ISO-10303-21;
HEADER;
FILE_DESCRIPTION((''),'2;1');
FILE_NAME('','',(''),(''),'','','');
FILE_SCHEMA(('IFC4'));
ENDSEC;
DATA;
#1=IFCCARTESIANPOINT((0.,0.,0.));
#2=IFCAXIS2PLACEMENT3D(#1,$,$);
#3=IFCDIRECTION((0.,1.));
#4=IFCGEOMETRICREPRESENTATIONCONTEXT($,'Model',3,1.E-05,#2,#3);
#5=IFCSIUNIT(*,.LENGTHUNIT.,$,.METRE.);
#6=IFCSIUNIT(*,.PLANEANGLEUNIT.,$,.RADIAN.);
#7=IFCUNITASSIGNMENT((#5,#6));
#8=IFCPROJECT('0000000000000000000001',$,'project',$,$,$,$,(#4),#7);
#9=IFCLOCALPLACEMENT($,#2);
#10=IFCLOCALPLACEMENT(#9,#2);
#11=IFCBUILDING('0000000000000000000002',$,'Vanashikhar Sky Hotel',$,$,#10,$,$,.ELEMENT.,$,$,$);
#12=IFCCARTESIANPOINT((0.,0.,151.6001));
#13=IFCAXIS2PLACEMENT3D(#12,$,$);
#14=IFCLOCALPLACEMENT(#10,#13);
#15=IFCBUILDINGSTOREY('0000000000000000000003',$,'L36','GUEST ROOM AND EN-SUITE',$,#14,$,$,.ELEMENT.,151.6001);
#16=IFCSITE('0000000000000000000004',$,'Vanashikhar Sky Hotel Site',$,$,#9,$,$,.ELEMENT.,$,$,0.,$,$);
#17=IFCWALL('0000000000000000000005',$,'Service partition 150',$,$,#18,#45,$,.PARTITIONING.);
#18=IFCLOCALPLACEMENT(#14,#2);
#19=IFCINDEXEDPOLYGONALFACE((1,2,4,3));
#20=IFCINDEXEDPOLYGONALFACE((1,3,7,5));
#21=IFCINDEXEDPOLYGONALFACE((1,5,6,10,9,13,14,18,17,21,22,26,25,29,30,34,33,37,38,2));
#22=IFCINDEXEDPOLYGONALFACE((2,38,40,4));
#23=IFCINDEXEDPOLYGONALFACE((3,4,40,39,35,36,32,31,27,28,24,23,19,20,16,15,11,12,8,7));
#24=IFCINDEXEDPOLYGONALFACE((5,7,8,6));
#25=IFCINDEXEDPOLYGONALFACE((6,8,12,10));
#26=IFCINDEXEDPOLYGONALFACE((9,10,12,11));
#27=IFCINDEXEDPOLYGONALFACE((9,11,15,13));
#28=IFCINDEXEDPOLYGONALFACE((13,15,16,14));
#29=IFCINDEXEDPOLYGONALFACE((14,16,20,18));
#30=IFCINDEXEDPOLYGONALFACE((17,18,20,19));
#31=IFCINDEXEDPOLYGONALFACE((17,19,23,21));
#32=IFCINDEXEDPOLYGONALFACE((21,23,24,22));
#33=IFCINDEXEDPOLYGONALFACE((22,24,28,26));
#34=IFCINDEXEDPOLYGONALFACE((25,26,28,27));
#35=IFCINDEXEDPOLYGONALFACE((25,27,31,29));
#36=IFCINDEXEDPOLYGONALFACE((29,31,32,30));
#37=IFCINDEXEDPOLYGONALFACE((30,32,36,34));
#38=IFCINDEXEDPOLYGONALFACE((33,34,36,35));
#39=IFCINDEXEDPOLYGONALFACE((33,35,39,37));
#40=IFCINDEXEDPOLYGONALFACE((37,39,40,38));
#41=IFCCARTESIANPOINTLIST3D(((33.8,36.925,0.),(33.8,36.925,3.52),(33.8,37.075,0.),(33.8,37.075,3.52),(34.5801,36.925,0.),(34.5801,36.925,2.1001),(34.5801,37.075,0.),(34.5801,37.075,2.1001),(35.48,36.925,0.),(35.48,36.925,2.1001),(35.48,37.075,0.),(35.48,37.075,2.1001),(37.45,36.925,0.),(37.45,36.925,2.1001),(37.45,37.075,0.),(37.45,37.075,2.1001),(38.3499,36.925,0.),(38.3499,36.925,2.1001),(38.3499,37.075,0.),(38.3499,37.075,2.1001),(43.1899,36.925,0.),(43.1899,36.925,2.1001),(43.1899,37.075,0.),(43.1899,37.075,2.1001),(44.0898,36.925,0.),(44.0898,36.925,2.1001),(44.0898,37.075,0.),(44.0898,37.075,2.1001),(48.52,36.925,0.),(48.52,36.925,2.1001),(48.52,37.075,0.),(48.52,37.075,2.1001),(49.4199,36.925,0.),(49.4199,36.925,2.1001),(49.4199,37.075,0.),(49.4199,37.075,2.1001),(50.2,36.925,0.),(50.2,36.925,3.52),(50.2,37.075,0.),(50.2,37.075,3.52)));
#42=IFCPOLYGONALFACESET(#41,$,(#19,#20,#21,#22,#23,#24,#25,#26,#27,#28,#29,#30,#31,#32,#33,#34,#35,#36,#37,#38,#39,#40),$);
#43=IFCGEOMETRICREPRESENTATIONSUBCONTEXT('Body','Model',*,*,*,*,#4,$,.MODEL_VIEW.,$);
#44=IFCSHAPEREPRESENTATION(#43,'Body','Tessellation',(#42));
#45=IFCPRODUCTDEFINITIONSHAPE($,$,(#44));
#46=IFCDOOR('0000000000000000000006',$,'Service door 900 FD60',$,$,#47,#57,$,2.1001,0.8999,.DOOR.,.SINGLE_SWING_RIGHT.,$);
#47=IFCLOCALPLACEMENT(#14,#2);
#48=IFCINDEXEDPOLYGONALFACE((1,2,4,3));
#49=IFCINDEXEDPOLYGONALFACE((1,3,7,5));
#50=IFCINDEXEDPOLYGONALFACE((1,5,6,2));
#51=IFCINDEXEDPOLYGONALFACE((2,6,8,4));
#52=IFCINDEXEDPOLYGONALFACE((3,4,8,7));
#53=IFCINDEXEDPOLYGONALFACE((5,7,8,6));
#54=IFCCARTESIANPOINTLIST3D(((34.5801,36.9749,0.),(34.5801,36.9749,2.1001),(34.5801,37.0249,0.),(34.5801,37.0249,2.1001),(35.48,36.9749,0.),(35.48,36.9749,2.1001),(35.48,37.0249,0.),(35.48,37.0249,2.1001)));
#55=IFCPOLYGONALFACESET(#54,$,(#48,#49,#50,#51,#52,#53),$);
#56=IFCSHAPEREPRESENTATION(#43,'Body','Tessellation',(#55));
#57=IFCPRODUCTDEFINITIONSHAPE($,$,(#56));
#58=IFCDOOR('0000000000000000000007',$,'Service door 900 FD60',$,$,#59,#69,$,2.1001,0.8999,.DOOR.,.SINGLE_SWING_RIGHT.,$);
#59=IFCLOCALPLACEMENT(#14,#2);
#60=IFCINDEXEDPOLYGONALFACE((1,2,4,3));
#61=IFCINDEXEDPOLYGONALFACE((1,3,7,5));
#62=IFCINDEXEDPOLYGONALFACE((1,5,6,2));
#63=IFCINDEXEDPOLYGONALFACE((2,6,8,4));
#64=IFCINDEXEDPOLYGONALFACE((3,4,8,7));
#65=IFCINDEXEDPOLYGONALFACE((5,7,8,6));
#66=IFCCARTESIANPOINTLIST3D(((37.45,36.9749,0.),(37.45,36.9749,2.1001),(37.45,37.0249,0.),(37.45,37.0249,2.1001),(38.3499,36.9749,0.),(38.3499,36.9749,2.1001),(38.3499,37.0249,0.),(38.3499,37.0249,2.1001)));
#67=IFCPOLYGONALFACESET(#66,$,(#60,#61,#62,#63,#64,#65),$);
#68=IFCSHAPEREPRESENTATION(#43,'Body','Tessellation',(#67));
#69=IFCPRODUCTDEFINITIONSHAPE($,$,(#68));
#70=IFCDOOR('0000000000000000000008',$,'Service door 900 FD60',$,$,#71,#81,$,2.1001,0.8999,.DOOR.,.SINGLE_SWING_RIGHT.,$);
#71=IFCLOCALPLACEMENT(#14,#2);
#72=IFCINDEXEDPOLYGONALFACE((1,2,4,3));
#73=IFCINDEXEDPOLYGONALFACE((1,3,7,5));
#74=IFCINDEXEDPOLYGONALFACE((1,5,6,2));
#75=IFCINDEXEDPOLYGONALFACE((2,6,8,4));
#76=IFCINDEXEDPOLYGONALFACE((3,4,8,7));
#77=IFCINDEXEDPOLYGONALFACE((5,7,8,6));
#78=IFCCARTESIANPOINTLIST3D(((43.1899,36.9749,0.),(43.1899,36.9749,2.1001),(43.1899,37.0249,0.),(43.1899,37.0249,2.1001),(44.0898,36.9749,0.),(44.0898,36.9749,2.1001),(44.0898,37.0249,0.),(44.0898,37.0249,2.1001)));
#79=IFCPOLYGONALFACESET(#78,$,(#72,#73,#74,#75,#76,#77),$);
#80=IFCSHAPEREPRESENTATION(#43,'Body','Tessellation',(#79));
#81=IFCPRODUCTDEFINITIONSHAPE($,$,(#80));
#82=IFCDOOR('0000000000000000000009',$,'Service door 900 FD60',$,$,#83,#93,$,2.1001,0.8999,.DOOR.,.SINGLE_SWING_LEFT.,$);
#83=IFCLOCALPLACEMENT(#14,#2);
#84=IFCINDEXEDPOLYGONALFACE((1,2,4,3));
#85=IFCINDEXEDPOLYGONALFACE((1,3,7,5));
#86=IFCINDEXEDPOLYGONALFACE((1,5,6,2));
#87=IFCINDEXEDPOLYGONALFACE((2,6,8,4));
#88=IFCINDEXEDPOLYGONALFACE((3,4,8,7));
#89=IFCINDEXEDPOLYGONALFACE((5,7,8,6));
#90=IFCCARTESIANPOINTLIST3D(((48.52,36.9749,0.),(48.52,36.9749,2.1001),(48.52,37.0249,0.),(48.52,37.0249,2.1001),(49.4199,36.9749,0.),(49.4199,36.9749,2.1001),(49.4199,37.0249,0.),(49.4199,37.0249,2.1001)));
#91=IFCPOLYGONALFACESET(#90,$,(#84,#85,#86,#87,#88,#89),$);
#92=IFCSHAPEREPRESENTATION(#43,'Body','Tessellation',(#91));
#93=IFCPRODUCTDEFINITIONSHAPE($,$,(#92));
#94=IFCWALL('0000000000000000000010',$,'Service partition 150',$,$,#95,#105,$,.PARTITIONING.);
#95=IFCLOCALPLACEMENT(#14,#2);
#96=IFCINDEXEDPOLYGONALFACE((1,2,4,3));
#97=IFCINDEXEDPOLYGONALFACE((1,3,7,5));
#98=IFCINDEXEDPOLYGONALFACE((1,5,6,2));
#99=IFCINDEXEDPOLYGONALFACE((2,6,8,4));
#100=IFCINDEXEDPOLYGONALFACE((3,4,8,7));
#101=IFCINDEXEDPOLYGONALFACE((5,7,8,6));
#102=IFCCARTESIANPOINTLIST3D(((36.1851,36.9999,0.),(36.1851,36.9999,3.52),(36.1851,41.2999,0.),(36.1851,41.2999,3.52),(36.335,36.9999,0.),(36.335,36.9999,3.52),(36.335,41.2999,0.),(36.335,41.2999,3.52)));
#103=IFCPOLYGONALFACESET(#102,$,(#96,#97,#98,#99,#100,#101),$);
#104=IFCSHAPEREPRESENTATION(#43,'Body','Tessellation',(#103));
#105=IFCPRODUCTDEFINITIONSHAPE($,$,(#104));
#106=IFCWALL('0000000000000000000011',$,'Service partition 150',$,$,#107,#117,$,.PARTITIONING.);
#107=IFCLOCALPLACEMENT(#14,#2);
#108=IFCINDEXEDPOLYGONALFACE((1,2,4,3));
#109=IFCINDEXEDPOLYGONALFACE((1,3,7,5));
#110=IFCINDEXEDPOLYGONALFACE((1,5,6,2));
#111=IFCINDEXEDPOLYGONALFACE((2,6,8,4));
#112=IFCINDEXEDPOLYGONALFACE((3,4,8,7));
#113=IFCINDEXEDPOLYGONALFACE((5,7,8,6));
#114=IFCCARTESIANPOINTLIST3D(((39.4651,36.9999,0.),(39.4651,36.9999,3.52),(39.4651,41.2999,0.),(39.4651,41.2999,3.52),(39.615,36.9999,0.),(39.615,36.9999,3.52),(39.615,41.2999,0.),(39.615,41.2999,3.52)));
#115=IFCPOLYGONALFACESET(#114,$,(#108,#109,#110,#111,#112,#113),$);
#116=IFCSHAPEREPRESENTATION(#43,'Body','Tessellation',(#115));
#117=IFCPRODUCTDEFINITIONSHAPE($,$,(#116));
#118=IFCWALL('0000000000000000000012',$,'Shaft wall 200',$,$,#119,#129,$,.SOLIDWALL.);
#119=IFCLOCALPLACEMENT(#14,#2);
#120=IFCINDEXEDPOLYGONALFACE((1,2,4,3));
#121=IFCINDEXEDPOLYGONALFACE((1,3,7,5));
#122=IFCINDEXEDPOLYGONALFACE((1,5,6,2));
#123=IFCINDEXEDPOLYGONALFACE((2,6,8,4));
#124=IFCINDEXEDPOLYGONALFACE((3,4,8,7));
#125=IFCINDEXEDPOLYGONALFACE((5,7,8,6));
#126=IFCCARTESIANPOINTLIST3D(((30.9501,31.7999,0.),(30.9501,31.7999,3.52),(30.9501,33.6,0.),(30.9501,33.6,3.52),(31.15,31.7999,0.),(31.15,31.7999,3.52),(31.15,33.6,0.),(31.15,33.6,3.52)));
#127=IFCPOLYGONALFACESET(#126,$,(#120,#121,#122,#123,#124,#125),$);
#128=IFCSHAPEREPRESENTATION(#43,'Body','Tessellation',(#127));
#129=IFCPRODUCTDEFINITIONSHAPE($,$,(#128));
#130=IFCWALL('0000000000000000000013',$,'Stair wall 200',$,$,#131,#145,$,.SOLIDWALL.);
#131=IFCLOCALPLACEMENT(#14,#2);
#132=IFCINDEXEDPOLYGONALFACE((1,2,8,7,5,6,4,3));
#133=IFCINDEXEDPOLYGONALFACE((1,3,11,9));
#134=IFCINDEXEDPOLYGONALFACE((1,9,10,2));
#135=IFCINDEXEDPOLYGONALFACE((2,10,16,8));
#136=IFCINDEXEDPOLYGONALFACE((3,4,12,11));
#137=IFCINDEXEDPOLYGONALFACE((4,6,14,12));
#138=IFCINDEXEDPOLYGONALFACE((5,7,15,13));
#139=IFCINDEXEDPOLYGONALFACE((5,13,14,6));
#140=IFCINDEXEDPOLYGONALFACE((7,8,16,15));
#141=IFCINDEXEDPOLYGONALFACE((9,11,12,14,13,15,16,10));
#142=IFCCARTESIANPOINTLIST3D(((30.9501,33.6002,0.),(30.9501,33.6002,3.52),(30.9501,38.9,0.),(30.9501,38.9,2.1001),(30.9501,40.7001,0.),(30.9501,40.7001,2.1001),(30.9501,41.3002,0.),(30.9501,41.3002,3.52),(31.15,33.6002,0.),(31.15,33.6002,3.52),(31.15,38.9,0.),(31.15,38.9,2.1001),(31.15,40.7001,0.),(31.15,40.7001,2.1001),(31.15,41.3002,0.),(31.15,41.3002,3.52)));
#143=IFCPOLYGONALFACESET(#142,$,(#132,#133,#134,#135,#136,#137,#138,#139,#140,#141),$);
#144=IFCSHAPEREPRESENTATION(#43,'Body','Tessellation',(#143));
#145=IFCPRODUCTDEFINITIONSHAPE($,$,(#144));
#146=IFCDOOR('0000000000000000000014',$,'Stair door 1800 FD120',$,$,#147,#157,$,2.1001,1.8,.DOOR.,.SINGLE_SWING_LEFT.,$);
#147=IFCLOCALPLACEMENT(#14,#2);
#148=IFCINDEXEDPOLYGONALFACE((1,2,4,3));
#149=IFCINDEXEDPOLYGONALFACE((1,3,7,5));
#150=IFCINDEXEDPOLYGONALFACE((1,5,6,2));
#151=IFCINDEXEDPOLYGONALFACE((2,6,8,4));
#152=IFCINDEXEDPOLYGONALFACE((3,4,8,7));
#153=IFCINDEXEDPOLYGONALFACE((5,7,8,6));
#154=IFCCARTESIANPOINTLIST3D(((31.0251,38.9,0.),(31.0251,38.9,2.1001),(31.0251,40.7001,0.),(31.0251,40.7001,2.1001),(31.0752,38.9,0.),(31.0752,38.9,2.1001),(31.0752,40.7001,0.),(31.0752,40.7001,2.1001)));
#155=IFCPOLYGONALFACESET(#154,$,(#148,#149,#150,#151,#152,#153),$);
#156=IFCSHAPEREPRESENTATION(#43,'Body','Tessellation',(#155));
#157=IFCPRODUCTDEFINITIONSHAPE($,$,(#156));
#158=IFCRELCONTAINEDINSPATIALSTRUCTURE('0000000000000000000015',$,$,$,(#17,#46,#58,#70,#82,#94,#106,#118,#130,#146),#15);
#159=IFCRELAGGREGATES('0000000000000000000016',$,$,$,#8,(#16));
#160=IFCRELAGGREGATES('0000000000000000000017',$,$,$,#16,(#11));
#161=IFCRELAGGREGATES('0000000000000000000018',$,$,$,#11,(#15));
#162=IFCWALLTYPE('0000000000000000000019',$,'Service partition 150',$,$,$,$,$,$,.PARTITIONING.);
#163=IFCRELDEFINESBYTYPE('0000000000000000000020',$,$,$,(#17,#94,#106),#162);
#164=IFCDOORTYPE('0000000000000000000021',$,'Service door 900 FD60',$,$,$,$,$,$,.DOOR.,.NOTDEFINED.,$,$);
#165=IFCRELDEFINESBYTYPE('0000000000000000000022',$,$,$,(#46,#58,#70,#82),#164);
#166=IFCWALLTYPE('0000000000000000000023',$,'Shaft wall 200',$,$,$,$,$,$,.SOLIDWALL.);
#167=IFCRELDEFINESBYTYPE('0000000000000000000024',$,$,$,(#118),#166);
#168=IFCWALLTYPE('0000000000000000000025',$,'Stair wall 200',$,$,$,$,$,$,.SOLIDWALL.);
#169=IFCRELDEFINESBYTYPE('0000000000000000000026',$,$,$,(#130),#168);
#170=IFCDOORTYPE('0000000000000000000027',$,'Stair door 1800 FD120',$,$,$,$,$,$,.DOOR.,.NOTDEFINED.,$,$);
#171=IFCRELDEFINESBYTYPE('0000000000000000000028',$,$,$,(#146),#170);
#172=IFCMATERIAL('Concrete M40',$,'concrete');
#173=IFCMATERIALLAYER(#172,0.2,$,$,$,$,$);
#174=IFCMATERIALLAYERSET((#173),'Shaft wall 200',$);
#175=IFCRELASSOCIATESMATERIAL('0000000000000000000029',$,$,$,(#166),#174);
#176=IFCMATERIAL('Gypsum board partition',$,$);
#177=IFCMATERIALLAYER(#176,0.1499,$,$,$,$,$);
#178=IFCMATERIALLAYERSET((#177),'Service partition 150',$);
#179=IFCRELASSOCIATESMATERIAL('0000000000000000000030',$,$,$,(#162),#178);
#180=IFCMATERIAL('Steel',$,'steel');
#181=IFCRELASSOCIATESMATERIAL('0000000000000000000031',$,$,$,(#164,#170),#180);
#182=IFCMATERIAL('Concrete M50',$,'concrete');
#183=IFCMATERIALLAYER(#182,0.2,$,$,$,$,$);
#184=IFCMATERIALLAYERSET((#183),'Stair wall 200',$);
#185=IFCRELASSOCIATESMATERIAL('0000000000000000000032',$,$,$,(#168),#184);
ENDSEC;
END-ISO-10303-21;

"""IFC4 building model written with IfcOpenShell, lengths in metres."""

from ifc_helpers import new_model, si_unit, direction, frame, frame_2d, origin, place, context, subcontext, project, spatial, rectangle, extrude, source, transform, mapped, material, layer, layer_set, type_object, element, fill, save


model = new_model("IFC4")

# Units and contexts
model_context = context("Model", 3, precision=1e-05, world=origin(), true_north=direction((0.0, 1.0)))
body_context = subcontext(model_context, "Body", "Model", "MODEL_VIEW")
ifc_project = project(units=[si_unit("LENGTHUNIT", "METRE"), si_unit("PLANEANGLEUNIT", "RADIAN")], contexts=[model_context])

# Site, building, storey
site_placement = place(None, origin())
site = spatial("IfcSite", under=ifc_project, at=site_placement, Name="Vanashikhar Sky Hotel Site", CompositionType="ELEMENT", RefElevation=0.0)
building_placement = place(site_placement, origin())
building = spatial("IfcBuilding", under=site, at=building_placement, Name="Vanashikhar Sky Hotel", CompositionType="ELEMENT")
storey_placement = place(building_placement, frame((0.0, 0.0, 151.6001)))
storey = spatial("IfcBuildingStorey", under=building, at=storey_placement, Name="L36", Description="GUEST ROOM AND EN-SUITE", CompositionType="ELEMENT", Elevation=151.6001)

# Shared definitions
ifc_material_1 = material(Name="Steel", Category="steel")

# Shared definitions
ifc_material_2 = material(Name="Concrete M50", Category="concrete")

# Shared definitions
ifc_material_3 = material(Name="Concrete M40", Category="concrete")
ifc_layer_1 = layer(ifc_material_3, 0.2)
ifc_layer_set_1 = layer_set([ifc_layer_1], Name="Shaft wall 200")
wall_type_1 = type_object("IfcWallType", Name="Shaft wall 200", PredefinedType="SOLIDWALL", material=ifc_layer_set_1)

# Shared definitions
ifc_material_4 = material(Name="Gypsum board partition")
ifc_layer_2 = layer(ifc_material_4, 0.1499)
ifc_layer_set_2 = layer_set([ifc_layer_2], Name="Service partition 150")
wall_type_2 = type_object("IfcWallType", Name="Service partition 150", PredefinedType="PARTITIONING", material=ifc_layer_set_2)
shared_shape_1 = source(origin(), body_context, "Body", "SweptSolid", [
    extrude(rectangle(XDim=0.8999, YDim=2.1001, at=frame_2d((0.45, 1.05))), frame((0.0, 0.085, 0.0), z_axis=(0.0, -1.0, 0.0), x_axis=(1.0, 0.0, 0.0)), (0.0, 0.0, 1.0), 0.1699),
])
door_type_1 = type_object("IfcDoorType", Name="Service door 900 FD60", OperationType="NOTDEFINED", PredefinedType="DOOR", material=ifc_material_1)
shared_shape_2 = source(origin(), body_context, "Body", "SweptSolid", [
    extrude(rectangle(XDim=0.8999, YDim=2.1001, at=frame_2d((0.45, 1.05))), frame((0.0, 0.0249, 0.0), z_axis=(0.0, -1.0, 0.0), x_axis=(1.0, 0.0, 0.0)), (0.0, 0.0, 1.0), 0.05),
])

# Wall, openings, doors
shared_shape_3 = source(origin(), body_context, "Body", "SweptSolid", [
    extrude(rectangle(XDim=16.3999, YDim=0.1499, at=frame_2d((8.2, 0.0))), origin(), (0.0, 0.0, 1.0), 3.52),
])
wall_1_placement = place(storey_placement, frame((33.8, 37.0, 0.0), z_axis=(0.0, 0.0, 1.0), x_axis=(1.0, 0.0, 0.0)))
wall_1 = element("IfcWall", 1, at=wall_1_placement, inside=storey, type_object=wall_type_2, Name="Service partition 150", PredefinedType="PARTITIONING", context=body_context, shape_type="MappedRepresentation", body=[
    mapped(shared_shape_3, transform((0.0, 0.0, 0.0), scale=1.0)),
])
opening_1_placement = place(wall_1_placement, frame((0.78, 0.0, 0.0)))
opening_1 = element("IfcOpeningElement", 2, at=opening_1_placement, cuts=wall_1, PredefinedType="OPENING", context=body_context, shape_type="MappedRepresentation", body=[
    mapped(shared_shape_1, transform((0.0, 0.0, 0.0), scale=1.0)),
])
opening_2_placement = place(wall_1_placement, frame((3.6499, 0.0, 0.0)))
opening_2 = element("IfcOpeningElement", 3, at=opening_2_placement, cuts=wall_1, PredefinedType="OPENING", context=body_context, shape_type="MappedRepresentation", body=[
    mapped(shared_shape_1, transform((0.0, 0.0, 0.0), scale=1.0)),
])
opening_3_placement = place(wall_1_placement, frame((9.3899, 0.0, 0.0)))
opening_3 = element("IfcOpeningElement", 4, at=opening_3_placement, cuts=wall_1, PredefinedType="OPENING", context=body_context, shape_type="MappedRepresentation", body=[
    mapped(shared_shape_1, transform((0.0, 0.0, 0.0), scale=1.0)),
])
opening_4_placement = place(wall_1_placement, frame((14.72, 0.0, 0.0)))
opening_4 = element("IfcOpeningElement", 5, at=opening_4_placement, cuts=wall_1, PredefinedType="OPENING", context=body_context, shape_type="MappedRepresentation", body=[
    mapped(shared_shape_1, transform((0.0, 0.0, 0.0), scale=1.0)),
])
door_1_placement = place(opening_1_placement, origin())
door_1 = element("IfcDoor", 6, at=door_1_placement, inside=storey, type_object=door_type_1, Name="Service door 900 FD60", OperationType="SINGLE_SWING_RIGHT", OverallHeight=2.1001, OverallWidth=0.8999, PredefinedType="DOOR", context=body_context, shape_type="MappedRepresentation", body=[
    mapped(shared_shape_2, transform((0.0, 0.0, 0.0), scale=1.0)),
])
fill(opening_1, door_1)
door_2_placement = place(opening_2_placement, origin())
door_2 = element("IfcDoor", 7, at=door_2_placement, inside=storey, type_object=door_type_1, Name="Service door 900 FD60", OperationType="SINGLE_SWING_RIGHT", OverallHeight=2.1001, OverallWidth=0.8999, PredefinedType="DOOR", context=body_context, shape_type="MappedRepresentation", body=[
    mapped(shared_shape_2, transform((0.0, 0.0, 0.0), scale=1.0)),
])
fill(opening_2, door_2)
door_3_placement = place(opening_3_placement, origin())
door_3 = element("IfcDoor", 8, at=door_3_placement, inside=storey, type_object=door_type_1, Name="Service door 900 FD60", OperationType="SINGLE_SWING_RIGHT", OverallHeight=2.1001, OverallWidth=0.8999, PredefinedType="DOOR", context=body_context, shape_type="MappedRepresentation", body=[
    mapped(shared_shape_2, transform((0.0, 0.0, 0.0), scale=1.0)),
])
fill(opening_3, door_3)
door_4_placement = place(opening_4_placement, origin())
door_4 = element("IfcDoor", 9, at=door_4_placement, inside=storey, type_object=door_type_1, Name="Service door 900 FD60", OperationType="SINGLE_SWING_LEFT", OverallHeight=2.1001, OverallWidth=0.8999, PredefinedType="DOOR", context=body_context, shape_type="MappedRepresentation", body=[
    mapped(shared_shape_2, transform((0.0, 0.0, 0.0), scale=1.0)),
])
fill(opening_4, door_4)

# Walls
shared_shape_4 = source(origin(), body_context, "Body", "SweptSolid", [
    extrude(rectangle(XDim=4.3, YDim=0.1499, at=frame_2d((2.1499, 0.0))), origin(), (0.0, 0.0, 1.0), 3.52),
])
for number, where, z_axis, x_axis, name in (
    (10, (36.26, 37.0, 0.0), (0.0, 0.0, 1.0), (0.0, 1.0, 0.0), "Service partition 150"),
    (11, (39.54, 37.0, 0.0), (0.0, 0.0, 1.0), (0.0, 1.0, 0.0), "Service partition 150"),
):
    element("IfcWall", number, at=place(storey_placement, frame(where, z_axis=z_axis, x_axis=x_axis)), inside=storey, type_object=wall_type_2, Name=name, PredefinedType="PARTITIONING", context=body_context, shape_type="MappedRepresentation", body=[
        mapped(shared_shape_4, transform((0.0, 0.0, 0.0), scale=1.0)),
    ])
shared_shape_5 = source(origin(), body_context, "Body", "SweptSolid", [
    extrude(rectangle(XDim=1.8, YDim=0.2, at=frame_2d((0.8999, 0.0))), origin(), (0.0, 0.0, 1.0), 3.52),
])
wall_2_placement = place(storey_placement, frame((31.05, 31.8, 0.0), z_axis=(0.0, 0.0, 1.0), x_axis=(0.0, 1.0, 0.0)))
element("IfcWall", 12, at=wall_2_placement, inside=storey, type_object=wall_type_1, Name="Shaft wall 200", PredefinedType="SOLIDWALL", context=body_context, shape_type="MappedRepresentation", body=[
    mapped(shared_shape_5, transform((0.0, 0.0, 0.0), scale=1.0)),
])

# Wall, opening, door
ifc_layer_3 = layer(ifc_material_2, 0.2)
ifc_layer_set_3 = layer_set([ifc_layer_3], Name="Stair wall 200")
wall_type_3 = type_object("IfcWallType", Name="Stair wall 200", PredefinedType="SOLIDWALL", material=ifc_layer_set_3)
shared_shape_6 = source(origin(), body_context, "Body", "SweptSolid", [
    extrude(rectangle(XDim=7.7, YDim=0.2, at=frame_2d((3.8501, 0.0))), origin(), (0.0, 0.0, 1.0), 3.52),
])
wall_3_placement = place(storey_placement, frame((31.05, 33.6001, 0.0), z_axis=(0.0, 0.0, 1.0), x_axis=(0.0, 1.0, 0.0)))
wall_3 = element("IfcWall", 13, at=wall_3_placement, inside=storey, type_object=wall_type_3, Name="Stair wall 200", PredefinedType="SOLIDWALL", context=body_context, shape_type="MappedRepresentation", body=[
    mapped(shared_shape_6, transform((0.0, 0.0, 0.0), scale=1.0)),
])
shared_shape_7 = source(origin(), body_context, "Body", "SweptSolid", [
    extrude(rectangle(XDim=1.8, YDim=2.1001, at=frame_2d((0.8999, 1.05))), frame((0.0, 0.1099, 0.0), z_axis=(0.0, -1.0, 0.0), x_axis=(1.0, 0.0, 0.0)), (0.0, 0.0, 1.0), 0.22),
])
opening_5_placement = place(wall_3_placement, frame((5.3, 0.0, 0.0)))
opening_5 = element("IfcOpeningElement", 14, at=opening_5_placement, cuts=wall_3, PredefinedType="OPENING", context=body_context, shape_type="MappedRepresentation", body=[
    mapped(shared_shape_7, transform((0.0, 0.0, 0.0), scale=1.0)),
])
door_type_2 = type_object("IfcDoorType", Name="Stair door 1800 FD120", OperationType="NOTDEFINED", PredefinedType="DOOR", material=ifc_material_1)
shared_shape_8 = source(origin(), body_context, "Body", "SweptSolid", [
    extrude(rectangle(XDim=1.8, YDim=2.1001, at=frame_2d((0.8999, 1.05))), frame((0.0, 0.0249, 0.0), z_axis=(0.0, -1.0, 0.0), x_axis=(1.0, 0.0, 0.0)), (0.0, 0.0, 1.0), 0.05),
])
door_5_placement = place(opening_5_placement, origin())
door_5 = element("IfcDoor", 15, at=door_5_placement, inside=storey, type_object=door_type_2, Name="Stair door 1800 FD120", OperationType="SINGLE_SWING_LEFT", OverallHeight=2.1001, OverallWidth=1.8, PredefinedType="DOOR", context=body_context, shape_type="MappedRepresentation", body=[
    mapped(shared_shape_8, transform((0.0, 0.0, 0.0), scale=1.0)),
])
fill(opening_5, door_5)

save(model, "model.ifc")
